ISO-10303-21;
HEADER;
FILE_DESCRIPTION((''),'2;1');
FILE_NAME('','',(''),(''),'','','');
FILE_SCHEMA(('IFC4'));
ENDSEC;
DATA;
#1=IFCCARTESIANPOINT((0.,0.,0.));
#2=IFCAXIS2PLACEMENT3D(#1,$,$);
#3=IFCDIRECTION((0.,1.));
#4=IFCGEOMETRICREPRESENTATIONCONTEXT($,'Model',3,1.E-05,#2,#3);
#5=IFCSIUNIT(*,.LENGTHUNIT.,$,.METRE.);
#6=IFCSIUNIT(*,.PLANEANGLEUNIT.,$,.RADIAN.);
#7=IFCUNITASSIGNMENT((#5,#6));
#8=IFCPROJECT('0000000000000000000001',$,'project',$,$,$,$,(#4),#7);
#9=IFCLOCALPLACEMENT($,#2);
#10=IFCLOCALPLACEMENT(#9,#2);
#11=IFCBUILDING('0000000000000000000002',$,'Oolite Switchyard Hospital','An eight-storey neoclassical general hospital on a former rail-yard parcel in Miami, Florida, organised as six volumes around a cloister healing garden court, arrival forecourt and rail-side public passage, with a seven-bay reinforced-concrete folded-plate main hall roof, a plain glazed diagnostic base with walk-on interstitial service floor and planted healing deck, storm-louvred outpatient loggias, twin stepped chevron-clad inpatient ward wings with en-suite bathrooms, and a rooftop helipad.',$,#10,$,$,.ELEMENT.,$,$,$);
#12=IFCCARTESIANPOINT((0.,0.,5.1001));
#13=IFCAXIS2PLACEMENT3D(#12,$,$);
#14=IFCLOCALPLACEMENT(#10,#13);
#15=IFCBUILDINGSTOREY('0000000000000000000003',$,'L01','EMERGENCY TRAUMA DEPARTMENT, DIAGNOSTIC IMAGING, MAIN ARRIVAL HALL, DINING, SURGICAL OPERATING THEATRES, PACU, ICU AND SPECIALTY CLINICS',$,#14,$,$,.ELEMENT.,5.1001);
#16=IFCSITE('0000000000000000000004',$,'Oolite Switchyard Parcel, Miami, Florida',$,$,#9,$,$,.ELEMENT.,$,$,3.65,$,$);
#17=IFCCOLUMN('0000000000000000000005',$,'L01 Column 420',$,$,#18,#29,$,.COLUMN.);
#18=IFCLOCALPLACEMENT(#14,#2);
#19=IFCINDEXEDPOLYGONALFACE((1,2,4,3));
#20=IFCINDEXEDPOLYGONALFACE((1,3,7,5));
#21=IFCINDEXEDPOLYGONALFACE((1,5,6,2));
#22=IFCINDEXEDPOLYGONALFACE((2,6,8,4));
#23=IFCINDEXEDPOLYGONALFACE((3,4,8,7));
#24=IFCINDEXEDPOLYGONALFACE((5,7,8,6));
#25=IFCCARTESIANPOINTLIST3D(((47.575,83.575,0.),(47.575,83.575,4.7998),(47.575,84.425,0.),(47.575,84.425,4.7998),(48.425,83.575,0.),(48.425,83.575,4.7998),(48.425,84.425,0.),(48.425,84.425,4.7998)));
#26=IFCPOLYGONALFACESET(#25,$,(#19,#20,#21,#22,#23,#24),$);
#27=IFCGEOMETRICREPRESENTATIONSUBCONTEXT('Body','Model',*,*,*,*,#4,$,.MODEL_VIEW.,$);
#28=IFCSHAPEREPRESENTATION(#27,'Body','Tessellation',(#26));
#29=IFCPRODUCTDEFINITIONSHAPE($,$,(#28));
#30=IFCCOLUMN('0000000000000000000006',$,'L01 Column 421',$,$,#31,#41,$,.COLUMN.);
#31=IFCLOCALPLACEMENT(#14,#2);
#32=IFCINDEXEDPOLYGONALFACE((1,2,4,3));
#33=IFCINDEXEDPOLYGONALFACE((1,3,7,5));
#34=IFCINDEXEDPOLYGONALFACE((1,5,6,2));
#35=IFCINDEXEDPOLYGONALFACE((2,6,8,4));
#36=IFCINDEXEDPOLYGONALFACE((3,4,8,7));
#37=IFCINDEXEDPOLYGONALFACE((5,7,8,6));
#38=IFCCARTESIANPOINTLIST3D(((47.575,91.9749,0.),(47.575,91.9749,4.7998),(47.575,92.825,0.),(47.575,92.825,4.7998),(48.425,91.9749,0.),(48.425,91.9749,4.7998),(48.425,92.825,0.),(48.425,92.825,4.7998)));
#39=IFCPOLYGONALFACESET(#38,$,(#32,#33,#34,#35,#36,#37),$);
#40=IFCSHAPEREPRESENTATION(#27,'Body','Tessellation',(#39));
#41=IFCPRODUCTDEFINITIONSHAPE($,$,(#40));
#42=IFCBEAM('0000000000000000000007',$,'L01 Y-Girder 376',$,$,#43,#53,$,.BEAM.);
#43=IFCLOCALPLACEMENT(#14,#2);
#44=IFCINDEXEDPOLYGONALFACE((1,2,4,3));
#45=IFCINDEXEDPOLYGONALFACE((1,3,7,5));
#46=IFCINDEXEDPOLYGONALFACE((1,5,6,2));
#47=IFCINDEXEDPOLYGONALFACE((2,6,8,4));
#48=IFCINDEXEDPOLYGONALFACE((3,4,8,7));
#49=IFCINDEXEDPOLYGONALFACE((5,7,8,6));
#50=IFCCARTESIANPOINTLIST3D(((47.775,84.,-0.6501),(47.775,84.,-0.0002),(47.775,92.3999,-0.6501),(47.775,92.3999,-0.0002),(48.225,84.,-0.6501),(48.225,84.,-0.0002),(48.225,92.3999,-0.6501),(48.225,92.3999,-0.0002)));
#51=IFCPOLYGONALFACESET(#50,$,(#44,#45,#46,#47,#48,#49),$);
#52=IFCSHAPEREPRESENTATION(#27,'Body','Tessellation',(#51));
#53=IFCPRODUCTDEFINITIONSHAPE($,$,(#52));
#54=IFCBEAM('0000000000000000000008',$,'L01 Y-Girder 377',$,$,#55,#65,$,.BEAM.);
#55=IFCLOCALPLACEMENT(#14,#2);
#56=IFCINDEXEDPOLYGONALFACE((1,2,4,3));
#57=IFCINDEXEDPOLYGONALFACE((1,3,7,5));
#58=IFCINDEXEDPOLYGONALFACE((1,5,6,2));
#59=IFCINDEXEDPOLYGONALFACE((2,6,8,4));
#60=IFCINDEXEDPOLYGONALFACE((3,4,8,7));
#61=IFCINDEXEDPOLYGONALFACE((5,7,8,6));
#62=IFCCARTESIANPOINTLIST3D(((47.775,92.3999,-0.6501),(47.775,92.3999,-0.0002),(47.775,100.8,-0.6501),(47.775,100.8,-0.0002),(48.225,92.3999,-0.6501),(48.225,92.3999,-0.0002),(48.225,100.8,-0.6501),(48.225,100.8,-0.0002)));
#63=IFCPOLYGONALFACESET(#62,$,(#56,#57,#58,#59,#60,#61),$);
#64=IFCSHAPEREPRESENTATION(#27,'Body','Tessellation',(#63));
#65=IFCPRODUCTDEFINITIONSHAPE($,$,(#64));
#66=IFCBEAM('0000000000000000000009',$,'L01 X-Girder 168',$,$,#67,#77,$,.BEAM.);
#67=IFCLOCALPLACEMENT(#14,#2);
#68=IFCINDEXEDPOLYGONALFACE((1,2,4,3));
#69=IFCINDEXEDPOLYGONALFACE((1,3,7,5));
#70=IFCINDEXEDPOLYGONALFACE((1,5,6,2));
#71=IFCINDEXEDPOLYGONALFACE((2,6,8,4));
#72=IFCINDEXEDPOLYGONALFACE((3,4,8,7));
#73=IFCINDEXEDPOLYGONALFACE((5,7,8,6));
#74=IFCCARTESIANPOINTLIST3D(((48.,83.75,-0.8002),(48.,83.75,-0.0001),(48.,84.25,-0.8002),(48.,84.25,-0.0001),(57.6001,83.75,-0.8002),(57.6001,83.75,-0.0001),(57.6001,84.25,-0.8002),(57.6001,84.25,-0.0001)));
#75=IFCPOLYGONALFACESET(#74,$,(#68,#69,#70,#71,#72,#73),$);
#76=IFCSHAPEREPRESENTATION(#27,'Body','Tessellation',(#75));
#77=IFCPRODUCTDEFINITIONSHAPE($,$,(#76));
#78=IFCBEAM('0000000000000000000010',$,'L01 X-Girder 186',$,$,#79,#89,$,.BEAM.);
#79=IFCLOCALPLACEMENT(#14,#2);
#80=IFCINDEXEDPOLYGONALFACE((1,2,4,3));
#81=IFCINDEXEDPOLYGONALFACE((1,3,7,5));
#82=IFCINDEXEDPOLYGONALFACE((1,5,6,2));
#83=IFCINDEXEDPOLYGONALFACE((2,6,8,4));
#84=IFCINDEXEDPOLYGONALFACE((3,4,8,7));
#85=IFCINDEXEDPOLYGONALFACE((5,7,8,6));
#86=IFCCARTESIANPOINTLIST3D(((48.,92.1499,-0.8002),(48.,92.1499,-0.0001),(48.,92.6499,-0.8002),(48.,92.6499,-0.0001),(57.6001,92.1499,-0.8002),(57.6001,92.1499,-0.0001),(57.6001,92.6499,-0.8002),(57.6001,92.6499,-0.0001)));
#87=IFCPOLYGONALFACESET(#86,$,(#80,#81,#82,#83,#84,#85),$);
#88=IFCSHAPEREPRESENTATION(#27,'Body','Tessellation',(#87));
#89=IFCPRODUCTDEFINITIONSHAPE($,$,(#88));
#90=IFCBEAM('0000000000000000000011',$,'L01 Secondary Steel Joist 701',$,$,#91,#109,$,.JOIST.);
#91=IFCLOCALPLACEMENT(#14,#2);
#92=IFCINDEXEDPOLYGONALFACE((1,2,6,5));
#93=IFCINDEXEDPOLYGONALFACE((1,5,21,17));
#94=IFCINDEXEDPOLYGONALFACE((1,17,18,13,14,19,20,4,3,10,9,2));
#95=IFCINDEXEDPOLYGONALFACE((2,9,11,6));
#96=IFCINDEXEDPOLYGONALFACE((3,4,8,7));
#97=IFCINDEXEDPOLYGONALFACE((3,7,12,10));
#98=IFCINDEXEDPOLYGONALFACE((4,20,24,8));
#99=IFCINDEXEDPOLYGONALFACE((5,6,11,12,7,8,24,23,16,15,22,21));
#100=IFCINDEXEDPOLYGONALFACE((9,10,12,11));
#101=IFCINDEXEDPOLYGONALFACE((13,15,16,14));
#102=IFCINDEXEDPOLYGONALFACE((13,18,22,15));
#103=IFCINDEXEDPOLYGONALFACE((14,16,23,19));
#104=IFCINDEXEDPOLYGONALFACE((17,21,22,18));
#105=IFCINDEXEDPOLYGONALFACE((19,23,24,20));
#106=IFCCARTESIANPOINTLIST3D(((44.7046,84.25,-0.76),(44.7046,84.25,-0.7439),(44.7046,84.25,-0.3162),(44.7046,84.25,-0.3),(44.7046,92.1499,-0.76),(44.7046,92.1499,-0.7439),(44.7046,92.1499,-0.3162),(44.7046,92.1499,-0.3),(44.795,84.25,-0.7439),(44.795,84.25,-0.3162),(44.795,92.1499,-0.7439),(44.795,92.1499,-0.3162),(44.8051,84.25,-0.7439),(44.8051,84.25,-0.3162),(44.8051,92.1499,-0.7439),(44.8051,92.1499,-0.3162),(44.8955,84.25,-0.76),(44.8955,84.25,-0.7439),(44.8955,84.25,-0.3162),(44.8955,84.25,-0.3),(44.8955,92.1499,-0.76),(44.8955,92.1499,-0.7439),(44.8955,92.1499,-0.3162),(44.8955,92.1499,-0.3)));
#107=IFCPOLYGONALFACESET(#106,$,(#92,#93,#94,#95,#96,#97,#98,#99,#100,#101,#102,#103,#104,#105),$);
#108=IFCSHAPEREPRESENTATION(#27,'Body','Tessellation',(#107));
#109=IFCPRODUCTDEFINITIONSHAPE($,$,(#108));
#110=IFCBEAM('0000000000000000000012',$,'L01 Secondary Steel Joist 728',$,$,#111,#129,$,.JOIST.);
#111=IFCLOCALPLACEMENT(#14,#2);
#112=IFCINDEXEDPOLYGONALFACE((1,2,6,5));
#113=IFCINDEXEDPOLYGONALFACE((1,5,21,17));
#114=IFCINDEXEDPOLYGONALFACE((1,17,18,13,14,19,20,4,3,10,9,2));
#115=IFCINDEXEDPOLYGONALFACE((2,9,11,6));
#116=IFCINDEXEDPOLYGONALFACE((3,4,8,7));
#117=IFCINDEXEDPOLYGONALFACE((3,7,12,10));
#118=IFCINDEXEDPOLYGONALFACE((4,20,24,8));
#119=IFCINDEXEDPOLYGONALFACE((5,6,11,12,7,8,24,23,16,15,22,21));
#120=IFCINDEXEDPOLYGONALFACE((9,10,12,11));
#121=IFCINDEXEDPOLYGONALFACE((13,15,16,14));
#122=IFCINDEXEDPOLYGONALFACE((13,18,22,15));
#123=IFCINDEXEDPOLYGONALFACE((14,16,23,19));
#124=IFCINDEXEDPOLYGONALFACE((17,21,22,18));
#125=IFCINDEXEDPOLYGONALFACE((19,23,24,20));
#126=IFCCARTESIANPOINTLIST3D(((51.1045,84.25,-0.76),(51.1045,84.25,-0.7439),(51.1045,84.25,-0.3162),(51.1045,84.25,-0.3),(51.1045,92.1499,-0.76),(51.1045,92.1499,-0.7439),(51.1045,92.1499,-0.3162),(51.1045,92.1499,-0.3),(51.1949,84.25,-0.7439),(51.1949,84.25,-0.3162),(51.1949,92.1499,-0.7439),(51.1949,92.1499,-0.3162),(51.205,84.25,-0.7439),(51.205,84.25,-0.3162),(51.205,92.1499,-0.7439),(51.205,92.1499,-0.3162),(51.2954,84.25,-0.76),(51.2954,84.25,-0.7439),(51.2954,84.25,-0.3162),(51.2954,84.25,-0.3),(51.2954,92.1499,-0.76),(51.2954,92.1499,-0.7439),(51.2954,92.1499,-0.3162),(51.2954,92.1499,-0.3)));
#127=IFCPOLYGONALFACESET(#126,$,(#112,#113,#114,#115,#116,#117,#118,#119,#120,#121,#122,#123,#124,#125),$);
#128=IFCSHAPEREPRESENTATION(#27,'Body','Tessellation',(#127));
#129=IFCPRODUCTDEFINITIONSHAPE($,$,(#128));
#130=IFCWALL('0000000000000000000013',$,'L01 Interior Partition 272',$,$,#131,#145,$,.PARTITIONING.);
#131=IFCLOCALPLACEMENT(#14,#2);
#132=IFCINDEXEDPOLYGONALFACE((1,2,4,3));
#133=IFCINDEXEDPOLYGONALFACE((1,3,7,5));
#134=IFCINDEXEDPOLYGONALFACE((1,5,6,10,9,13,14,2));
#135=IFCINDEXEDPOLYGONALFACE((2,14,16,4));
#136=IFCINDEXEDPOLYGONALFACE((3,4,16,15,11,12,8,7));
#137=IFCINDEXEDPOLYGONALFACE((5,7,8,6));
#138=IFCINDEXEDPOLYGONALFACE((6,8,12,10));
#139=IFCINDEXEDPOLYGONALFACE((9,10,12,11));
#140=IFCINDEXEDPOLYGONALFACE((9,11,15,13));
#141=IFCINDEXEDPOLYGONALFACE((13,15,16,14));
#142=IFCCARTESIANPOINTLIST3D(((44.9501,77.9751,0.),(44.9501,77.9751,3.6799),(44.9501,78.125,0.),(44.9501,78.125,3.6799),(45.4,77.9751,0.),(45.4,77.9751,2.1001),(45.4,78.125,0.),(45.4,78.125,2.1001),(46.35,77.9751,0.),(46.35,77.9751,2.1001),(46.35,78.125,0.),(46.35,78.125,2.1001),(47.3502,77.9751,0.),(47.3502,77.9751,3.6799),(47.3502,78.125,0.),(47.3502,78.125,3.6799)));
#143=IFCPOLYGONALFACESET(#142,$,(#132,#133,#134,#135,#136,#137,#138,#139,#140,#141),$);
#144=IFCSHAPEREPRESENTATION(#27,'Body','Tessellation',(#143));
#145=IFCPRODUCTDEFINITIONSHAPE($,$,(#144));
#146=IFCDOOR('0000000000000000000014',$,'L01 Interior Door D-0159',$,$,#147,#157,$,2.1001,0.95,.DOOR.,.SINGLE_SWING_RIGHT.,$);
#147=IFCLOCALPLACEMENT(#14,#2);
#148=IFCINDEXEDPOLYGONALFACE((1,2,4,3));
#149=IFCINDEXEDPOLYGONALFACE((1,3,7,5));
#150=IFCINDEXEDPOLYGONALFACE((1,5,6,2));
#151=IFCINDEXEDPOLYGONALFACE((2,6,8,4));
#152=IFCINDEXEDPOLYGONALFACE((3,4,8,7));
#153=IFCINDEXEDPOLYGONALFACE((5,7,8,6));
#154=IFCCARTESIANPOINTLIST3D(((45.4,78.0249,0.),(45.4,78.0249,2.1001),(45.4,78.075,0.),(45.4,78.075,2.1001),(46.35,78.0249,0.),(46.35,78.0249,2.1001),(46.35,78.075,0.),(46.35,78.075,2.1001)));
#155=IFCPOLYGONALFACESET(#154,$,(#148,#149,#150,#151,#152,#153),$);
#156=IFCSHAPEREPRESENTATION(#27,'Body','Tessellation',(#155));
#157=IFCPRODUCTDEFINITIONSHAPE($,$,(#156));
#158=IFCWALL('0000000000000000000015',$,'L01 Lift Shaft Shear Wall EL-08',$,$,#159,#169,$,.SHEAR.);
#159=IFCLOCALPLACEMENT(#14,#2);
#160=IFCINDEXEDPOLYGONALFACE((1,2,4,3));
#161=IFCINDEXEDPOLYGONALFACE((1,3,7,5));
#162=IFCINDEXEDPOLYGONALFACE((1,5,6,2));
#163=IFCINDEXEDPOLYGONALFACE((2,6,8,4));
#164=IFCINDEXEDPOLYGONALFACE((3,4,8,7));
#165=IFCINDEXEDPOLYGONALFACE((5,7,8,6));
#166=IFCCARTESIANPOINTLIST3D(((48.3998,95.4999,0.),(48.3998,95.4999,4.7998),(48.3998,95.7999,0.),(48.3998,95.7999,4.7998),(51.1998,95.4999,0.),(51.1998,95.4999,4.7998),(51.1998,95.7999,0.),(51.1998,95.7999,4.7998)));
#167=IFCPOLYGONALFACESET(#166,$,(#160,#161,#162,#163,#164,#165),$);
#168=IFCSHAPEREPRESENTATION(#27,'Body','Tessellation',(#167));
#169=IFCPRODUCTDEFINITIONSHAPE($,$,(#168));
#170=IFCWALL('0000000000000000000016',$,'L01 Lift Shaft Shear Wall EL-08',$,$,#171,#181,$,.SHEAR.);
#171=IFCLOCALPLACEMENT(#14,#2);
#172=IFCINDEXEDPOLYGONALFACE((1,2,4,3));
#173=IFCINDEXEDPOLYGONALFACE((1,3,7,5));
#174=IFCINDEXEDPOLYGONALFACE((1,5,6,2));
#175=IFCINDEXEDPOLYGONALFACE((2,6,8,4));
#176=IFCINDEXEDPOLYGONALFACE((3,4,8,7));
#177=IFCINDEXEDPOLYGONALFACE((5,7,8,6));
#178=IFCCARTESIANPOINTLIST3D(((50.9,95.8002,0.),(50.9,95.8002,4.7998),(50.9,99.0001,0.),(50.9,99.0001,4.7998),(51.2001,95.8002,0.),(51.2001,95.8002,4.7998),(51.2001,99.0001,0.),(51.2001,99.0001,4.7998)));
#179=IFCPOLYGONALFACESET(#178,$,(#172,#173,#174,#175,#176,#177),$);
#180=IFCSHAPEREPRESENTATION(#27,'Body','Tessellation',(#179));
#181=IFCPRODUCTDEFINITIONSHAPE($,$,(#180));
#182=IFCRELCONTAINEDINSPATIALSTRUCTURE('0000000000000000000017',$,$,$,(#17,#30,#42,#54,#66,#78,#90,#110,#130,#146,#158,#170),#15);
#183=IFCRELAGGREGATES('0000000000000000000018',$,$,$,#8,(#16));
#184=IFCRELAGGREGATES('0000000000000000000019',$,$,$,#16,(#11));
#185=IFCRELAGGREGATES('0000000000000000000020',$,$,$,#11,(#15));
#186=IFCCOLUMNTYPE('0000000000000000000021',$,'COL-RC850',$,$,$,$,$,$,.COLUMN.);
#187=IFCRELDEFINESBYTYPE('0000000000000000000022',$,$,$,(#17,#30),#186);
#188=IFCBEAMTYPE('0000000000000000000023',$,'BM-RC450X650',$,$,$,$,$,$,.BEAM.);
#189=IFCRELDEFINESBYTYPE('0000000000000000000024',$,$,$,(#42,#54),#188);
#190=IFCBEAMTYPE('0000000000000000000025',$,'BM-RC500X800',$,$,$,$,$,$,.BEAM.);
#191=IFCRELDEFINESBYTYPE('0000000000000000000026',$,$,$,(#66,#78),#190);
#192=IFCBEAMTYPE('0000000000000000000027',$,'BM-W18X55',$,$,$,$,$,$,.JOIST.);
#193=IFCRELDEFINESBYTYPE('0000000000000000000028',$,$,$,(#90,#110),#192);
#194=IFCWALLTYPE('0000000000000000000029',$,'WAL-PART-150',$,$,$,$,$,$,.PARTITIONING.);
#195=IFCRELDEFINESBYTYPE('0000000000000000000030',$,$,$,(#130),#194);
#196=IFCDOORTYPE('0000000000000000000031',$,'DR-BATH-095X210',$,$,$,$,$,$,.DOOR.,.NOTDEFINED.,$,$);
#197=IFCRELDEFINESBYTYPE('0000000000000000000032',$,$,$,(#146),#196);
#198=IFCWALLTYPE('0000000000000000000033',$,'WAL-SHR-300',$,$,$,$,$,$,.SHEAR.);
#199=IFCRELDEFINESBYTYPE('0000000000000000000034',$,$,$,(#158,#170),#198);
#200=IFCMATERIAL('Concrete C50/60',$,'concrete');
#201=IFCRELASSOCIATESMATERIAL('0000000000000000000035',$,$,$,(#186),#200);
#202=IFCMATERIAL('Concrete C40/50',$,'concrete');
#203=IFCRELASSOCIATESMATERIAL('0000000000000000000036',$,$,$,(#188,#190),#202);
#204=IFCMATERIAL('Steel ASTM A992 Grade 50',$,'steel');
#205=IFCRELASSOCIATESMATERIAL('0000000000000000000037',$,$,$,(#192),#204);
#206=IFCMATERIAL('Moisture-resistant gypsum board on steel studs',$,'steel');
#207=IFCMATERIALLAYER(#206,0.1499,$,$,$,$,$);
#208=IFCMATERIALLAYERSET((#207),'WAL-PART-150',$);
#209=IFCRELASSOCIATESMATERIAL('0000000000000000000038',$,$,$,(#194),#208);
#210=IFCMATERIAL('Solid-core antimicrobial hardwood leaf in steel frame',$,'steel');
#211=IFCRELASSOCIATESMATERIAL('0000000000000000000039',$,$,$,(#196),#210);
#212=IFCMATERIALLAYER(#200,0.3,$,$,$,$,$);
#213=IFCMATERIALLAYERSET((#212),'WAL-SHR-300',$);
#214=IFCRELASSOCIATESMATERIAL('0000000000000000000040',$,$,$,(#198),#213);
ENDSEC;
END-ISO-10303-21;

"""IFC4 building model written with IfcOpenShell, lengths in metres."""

from ifc_helpers import new_model, si_unit, direction, frame, frame_2d, origin, origin_2d, place, context, subcontext, project, spatial, rectangle, i_section, extrude, material, layer, layer_set, material_profile, profile_set, type_object, element, fill, save


model = new_model("IFC4")

# Units and contexts
model_context = context("Model", 3, precision=1e-05, world=origin(), true_north=direction((0.0, 1.0)))
body_context = subcontext(model_context, "Body", "Model", "MODEL_VIEW")
ifc_project = project(units=[si_unit("LENGTHUNIT", "METRE"), si_unit("PLANEANGLEUNIT", "RADIAN")], contexts=[model_context])

# Site, building, storey
site_placement = place(None, origin())
site = spatial("IfcSite", under=ifc_project, at=site_placement, Name="Oolite Switchyard Parcel, Miami, Florida", CompositionType="ELEMENT", RefElevation=3.65)
building_placement = place(site_placement, origin())
building = spatial("IfcBuilding", under=site, at=building_placement, Name="Oolite Switchyard Hospital", Description="An eight-storey neoclassical general hospital on a former rail-yard parcel in Miami, Florida, organised as six volumes around a cloister healing garden court, arrival forecourt and rail-side public passage, with a seven-bay reinforced-concrete folded-plate main hall roof, a plain glazed diagnostic base with walk-on interstitial service floor and planted healing deck, storm-louvred outpatient loggias, twin stepped chevron-clad inpatient ward wings with en-suite bathrooms, and a rooftop helipad.", CompositionType="ELEMENT")
storey_placement = place(building_placement, frame((0.0, 0.0, 5.1001)))
storey = spatial("IfcBuildingStorey", under=building, at=storey_placement, Name="L01", Description="EMERGENCY TRAUMA DEPARTMENT, DIAGNOSTIC IMAGING, MAIN ARRIVAL HALL, DINING, SURGICAL OPERATING THEATRES, PACU, ICU AND SPECIALTY CLINICS", CompositionType="ELEMENT", Elevation=5.1001)

# Columns
ifc_material_1 = material(Name="Concrete C50/60", Category="concrete")
ifc_material_profile_1 = material_profile(ifc_material_1, rectangle(XDim=0.8501, YDim=0.8501, at=origin_2d()), Name="RC850X850")
ifc_profile_set_1 = profile_set([ifc_material_profile_1], Name="Concrete C50/60")
column_type = type_object("IfcColumnType", Name="COL-RC850", PredefinedType="COLUMN", material=ifc_profile_set_1)
for number, where, z_axis, x_axis, name in (
    (1, (48.0, 84.0, 0.0), (0.0, 0.0, 1.0), (1.0, 0.0, 0.0), "L01 Column 420"),
    (2, (48.0, 92.3999, 0.0), (0.0, 0.0, 1.0), (1.0, 0.0, 0.0), "L01 Column 421"),
):
    element("IfcColumn", number, at=place(storey_placement, frame(where, z_axis=z_axis, x_axis=x_axis)), inside=storey, type_object=column_type, Name=name, PredefinedType="COLUMN", context=body_context, shape_type="SweptSolid", body=[
        extrude(rectangle(XDim=0.8501, YDim=0.8501, at=origin_2d()), origin(), (0.0, 0.0, 1.0), 4.7998),
    ])

# Beams
ifc_material_2 = material(Name="Concrete C40/50", Category="concrete")
ifc_material_profile_2 = material_profile(ifc_material_2, rectangle(XDim=0.45, YDim=0.6499, at=origin_2d()), Name="RCB450X650")
ifc_profile_set_2 = profile_set([ifc_material_profile_2], Name="Concrete C40/50")
beam_type_1 = type_object("IfcBeamType", Name="BM-RC450X650", PredefinedType="BEAM", material=ifc_profile_set_2)
beam_1_placement = place(storey_placement, frame((48.0, 84.0, -0.3252), z_axis=(0.0, 1.0, 0.0), x_axis=(-1.0, 0.0, 0.0)))
element("IfcBeam", 3, at=beam_1_placement, inside=storey, type_object=beam_type_1, Name="L01 Y-Girder 376", PredefinedType="BEAM", context=body_context, shape_type="SweptSolid", body=[
    extrude(rectangle(XDim=0.45, YDim=0.6499, at=origin_2d()), origin(), (0.0, 0.0, 1.0), 8.3999),
])
beam_2_placement = place(storey_placement, frame((48.0, 92.3999, -0.3252), z_axis=(0.0, 1.0, 0.0), x_axis=(-1.0, 0.0, 0.0)))
element("IfcBeam", 4, at=beam_2_placement, inside=storey, type_object=beam_type_1, Name="L01 Y-Girder 377", PredefinedType="BEAM", context=body_context, shape_type="SweptSolid", body=[
    extrude(rectangle(XDim=0.45, YDim=0.6499, at=origin_2d()), origin(), (0.0, 0.0, 1.0), 8.4001),
])
ifc_material_profile_3 = material_profile(ifc_material_2, rectangle(XDim=0.5, YDim=0.8, at=origin_2d()), Name="RCB500X800")
ifc_profile_set_3 = profile_set([ifc_material_profile_3], Name="Concrete C40/50")
beam_type_2 = type_object("IfcBeamType", Name="BM-RC500X800", PredefinedType="BEAM", material=ifc_profile_set_3)
for number, where, z_axis, x_axis, name in (
    (5, (48.0, 84.0, -0.4001), (1.0, 0.0, 0.0), (0.0, 1.0, 0.0), "L01 X-Girder 168"),
    (6, (48.0, 92.3999, -0.4001), (1.0, 0.0, 0.0), (0.0, 1.0, 0.0), "L01 X-Girder 186"),
):
    element("IfcBeam", number, at=place(storey_placement, frame(where, z_axis=z_axis, x_axis=x_axis)), inside=storey, type_object=beam_type_2, Name=name, PredefinedType="BEAM", context=body_context, shape_type="SweptSolid", body=[
        extrude(rectangle(XDim=0.5, YDim=0.8, at=origin_2d()), origin(), (0.0, 0.0, 1.0), 9.6001),
    ])
ifc_material_3 = material(Name="Steel ASTM A992 Grade 50", Category="steel")
ifc_material_profile_4 = material_profile(ifc_material_3, i_section(OverallWidth=0.1909, OverallDepth=0.46, WebThickness=0.01, FlangeThickness=0.0161, at=origin_2d()), Name="W18X55")
ifc_profile_set_4 = profile_set([ifc_material_profile_4], Name="Steel ASTM A992 Grade 50")
beam_type_3 = type_object("IfcBeamType", Name="BM-W18X55", PredefinedType="JOIST", material=ifc_profile_set_4)
for number, where, z_axis, x_axis, name in (
    (7, (44.8, 84.25, -0.53), (0.0, 1.0, 0.0), (-1.0, 0.0, 0.0), "L01 Secondary Steel Joist 701"),
    (8, (51.2, 84.25, -0.53), (0.0, 1.0, 0.0), (-1.0, 0.0, 0.0), "L01 Secondary Steel Joist 728"),
):
    element("IfcBeam", number, at=place(storey_placement, frame(where, z_axis=z_axis, x_axis=x_axis)), inside=storey, type_object=beam_type_3, Name=name, PredefinedType="JOIST", context=body_context, shape_type="SweptSolid", body=[
        extrude(i_section(OverallWidth=0.1909, OverallDepth=0.46, WebThickness=0.01, FlangeThickness=0.0161, at=origin_2d()), origin(), (0.0, 0.0, 1.0), 7.8999),
    ])

# Wall, opening, door
ifc_material_4 = material(Name="Moisture-resistant gypsum board on steel studs", Category="steel")
ifc_layer_1 = layer(ifc_material_4, 0.1499)
ifc_layer_set_1 = layer_set([ifc_layer_1], Name="WAL-PART-150")
wall_type_1 = type_object("IfcWallType", Name="WAL-PART-150", PredefinedType="PARTITIONING", material=ifc_layer_set_1)
wall_1_placement = place(storey_placement, frame((44.95, 78.05, 0.0), z_axis=(0.0, 0.0, 1.0), x_axis=(1.0, 0.0, 0.0)))
wall_1 = element("IfcWall", 9, at=wall_1_placement, inside=storey, type_object=wall_type_1, Name="L01 Interior Partition 272", PredefinedType="PARTITIONING", context=body_context, shape_type="SweptSolid", body=[
    extrude(rectangle(XDim=2.4001, YDim=0.1499, at=frame_2d((1.2002, 0.0))), origin(), (0.0, 0.0, 1.0), 3.6799),
])
opening_1_placement = place(wall_1_placement, frame((0.45, 0.0, 0.0)))
opening_1 = element("IfcOpeningElement", 10, at=opening_1_placement, cuts=wall_1, PredefinedType="OPENING", context=body_context, shape_type="SweptSolid", body=[
    extrude(rectangle(XDim=0.95, YDim=2.1001, at=frame_2d((0.4751, 1.05))), frame((0.0, 0.085, 0.0), z_axis=(0.0, -1.0, 0.0), x_axis=(1.0, 0.0, 0.0)), (0.0, 0.0, 1.0), 0.1699),
])
ifc_material_5 = material(Name="Solid-core antimicrobial hardwood leaf in steel frame", Category="steel")
door_type_1 = type_object("IfcDoorType", Name="DR-BATH-095X210", OperationType="NOTDEFINED", PredefinedType="DOOR", material=ifc_material_5)
door_1_placement = place(opening_1_placement, origin())
door_1 = element("IfcDoor", 11, at=door_1_placement, inside=storey, type_object=door_type_1, Name="L01 Interior Door D-0159", OperationType="SINGLE_SWING_RIGHT", OverallHeight=2.1001, OverallWidth=0.95, PredefinedType="DOOR", context=body_context, shape_type="SweptSolid", body=[
    extrude(rectangle(XDim=0.95, YDim=2.1001, at=frame_2d((0.4751, 1.05))), frame((0.0, 0.0249, 0.0), z_axis=(0.0, -1.0, 0.0), x_axis=(1.0, 0.0, 0.0)), (0.0, 0.0, 1.0), 0.05),
])
fill(opening_1, door_1)

# Walls
ifc_layer_2 = layer(ifc_material_1, 0.3)
ifc_layer_set_2 = layer_set([ifc_layer_2], Name="WAL-SHR-300")
wall_type_2 = type_object("IfcWallType", Name="WAL-SHR-300", PredefinedType="SHEAR", material=ifc_layer_set_2)
wall_2_placement = place(storey_placement, frame((48.3999, 95.6499, 0.0), z_axis=(0.0, 0.0, 1.0), x_axis=(1.0, 0.0, 0.0)))
element("IfcWall", 12, at=wall_2_placement, inside=storey, type_object=wall_type_2, Name="L01 Lift Shaft Shear Wall EL-08", PredefinedType="SHEAR", context=body_context, shape_type="SweptSolid", body=[
    extrude(rectangle(XDim=2.8, YDim=0.3, at=frame_2d((1.3999, 0.0))), origin(), (0.0, 0.0, 1.0), 4.7998),
])
wall_3_placement = place(storey_placement, frame((51.05, 95.8, 0.0), z_axis=(0.0, 0.0, 1.0), x_axis=(0.0, 1.0, 0.0)))
element("IfcWall", 13, at=wall_3_placement, inside=storey, type_object=wall_type_2, Name="L01 Lift Shaft Shear Wall EL-08", PredefinedType="SHEAR", context=body_context, shape_type="SweptSolid", body=[
    extrude(rectangle(XDim=3.2, YDim=0.3, at=frame_2d((1.6001, 0.0))), origin(), (0.0, 0.0, 1.0), 4.7998),
])

save(model, "model.ifc")
